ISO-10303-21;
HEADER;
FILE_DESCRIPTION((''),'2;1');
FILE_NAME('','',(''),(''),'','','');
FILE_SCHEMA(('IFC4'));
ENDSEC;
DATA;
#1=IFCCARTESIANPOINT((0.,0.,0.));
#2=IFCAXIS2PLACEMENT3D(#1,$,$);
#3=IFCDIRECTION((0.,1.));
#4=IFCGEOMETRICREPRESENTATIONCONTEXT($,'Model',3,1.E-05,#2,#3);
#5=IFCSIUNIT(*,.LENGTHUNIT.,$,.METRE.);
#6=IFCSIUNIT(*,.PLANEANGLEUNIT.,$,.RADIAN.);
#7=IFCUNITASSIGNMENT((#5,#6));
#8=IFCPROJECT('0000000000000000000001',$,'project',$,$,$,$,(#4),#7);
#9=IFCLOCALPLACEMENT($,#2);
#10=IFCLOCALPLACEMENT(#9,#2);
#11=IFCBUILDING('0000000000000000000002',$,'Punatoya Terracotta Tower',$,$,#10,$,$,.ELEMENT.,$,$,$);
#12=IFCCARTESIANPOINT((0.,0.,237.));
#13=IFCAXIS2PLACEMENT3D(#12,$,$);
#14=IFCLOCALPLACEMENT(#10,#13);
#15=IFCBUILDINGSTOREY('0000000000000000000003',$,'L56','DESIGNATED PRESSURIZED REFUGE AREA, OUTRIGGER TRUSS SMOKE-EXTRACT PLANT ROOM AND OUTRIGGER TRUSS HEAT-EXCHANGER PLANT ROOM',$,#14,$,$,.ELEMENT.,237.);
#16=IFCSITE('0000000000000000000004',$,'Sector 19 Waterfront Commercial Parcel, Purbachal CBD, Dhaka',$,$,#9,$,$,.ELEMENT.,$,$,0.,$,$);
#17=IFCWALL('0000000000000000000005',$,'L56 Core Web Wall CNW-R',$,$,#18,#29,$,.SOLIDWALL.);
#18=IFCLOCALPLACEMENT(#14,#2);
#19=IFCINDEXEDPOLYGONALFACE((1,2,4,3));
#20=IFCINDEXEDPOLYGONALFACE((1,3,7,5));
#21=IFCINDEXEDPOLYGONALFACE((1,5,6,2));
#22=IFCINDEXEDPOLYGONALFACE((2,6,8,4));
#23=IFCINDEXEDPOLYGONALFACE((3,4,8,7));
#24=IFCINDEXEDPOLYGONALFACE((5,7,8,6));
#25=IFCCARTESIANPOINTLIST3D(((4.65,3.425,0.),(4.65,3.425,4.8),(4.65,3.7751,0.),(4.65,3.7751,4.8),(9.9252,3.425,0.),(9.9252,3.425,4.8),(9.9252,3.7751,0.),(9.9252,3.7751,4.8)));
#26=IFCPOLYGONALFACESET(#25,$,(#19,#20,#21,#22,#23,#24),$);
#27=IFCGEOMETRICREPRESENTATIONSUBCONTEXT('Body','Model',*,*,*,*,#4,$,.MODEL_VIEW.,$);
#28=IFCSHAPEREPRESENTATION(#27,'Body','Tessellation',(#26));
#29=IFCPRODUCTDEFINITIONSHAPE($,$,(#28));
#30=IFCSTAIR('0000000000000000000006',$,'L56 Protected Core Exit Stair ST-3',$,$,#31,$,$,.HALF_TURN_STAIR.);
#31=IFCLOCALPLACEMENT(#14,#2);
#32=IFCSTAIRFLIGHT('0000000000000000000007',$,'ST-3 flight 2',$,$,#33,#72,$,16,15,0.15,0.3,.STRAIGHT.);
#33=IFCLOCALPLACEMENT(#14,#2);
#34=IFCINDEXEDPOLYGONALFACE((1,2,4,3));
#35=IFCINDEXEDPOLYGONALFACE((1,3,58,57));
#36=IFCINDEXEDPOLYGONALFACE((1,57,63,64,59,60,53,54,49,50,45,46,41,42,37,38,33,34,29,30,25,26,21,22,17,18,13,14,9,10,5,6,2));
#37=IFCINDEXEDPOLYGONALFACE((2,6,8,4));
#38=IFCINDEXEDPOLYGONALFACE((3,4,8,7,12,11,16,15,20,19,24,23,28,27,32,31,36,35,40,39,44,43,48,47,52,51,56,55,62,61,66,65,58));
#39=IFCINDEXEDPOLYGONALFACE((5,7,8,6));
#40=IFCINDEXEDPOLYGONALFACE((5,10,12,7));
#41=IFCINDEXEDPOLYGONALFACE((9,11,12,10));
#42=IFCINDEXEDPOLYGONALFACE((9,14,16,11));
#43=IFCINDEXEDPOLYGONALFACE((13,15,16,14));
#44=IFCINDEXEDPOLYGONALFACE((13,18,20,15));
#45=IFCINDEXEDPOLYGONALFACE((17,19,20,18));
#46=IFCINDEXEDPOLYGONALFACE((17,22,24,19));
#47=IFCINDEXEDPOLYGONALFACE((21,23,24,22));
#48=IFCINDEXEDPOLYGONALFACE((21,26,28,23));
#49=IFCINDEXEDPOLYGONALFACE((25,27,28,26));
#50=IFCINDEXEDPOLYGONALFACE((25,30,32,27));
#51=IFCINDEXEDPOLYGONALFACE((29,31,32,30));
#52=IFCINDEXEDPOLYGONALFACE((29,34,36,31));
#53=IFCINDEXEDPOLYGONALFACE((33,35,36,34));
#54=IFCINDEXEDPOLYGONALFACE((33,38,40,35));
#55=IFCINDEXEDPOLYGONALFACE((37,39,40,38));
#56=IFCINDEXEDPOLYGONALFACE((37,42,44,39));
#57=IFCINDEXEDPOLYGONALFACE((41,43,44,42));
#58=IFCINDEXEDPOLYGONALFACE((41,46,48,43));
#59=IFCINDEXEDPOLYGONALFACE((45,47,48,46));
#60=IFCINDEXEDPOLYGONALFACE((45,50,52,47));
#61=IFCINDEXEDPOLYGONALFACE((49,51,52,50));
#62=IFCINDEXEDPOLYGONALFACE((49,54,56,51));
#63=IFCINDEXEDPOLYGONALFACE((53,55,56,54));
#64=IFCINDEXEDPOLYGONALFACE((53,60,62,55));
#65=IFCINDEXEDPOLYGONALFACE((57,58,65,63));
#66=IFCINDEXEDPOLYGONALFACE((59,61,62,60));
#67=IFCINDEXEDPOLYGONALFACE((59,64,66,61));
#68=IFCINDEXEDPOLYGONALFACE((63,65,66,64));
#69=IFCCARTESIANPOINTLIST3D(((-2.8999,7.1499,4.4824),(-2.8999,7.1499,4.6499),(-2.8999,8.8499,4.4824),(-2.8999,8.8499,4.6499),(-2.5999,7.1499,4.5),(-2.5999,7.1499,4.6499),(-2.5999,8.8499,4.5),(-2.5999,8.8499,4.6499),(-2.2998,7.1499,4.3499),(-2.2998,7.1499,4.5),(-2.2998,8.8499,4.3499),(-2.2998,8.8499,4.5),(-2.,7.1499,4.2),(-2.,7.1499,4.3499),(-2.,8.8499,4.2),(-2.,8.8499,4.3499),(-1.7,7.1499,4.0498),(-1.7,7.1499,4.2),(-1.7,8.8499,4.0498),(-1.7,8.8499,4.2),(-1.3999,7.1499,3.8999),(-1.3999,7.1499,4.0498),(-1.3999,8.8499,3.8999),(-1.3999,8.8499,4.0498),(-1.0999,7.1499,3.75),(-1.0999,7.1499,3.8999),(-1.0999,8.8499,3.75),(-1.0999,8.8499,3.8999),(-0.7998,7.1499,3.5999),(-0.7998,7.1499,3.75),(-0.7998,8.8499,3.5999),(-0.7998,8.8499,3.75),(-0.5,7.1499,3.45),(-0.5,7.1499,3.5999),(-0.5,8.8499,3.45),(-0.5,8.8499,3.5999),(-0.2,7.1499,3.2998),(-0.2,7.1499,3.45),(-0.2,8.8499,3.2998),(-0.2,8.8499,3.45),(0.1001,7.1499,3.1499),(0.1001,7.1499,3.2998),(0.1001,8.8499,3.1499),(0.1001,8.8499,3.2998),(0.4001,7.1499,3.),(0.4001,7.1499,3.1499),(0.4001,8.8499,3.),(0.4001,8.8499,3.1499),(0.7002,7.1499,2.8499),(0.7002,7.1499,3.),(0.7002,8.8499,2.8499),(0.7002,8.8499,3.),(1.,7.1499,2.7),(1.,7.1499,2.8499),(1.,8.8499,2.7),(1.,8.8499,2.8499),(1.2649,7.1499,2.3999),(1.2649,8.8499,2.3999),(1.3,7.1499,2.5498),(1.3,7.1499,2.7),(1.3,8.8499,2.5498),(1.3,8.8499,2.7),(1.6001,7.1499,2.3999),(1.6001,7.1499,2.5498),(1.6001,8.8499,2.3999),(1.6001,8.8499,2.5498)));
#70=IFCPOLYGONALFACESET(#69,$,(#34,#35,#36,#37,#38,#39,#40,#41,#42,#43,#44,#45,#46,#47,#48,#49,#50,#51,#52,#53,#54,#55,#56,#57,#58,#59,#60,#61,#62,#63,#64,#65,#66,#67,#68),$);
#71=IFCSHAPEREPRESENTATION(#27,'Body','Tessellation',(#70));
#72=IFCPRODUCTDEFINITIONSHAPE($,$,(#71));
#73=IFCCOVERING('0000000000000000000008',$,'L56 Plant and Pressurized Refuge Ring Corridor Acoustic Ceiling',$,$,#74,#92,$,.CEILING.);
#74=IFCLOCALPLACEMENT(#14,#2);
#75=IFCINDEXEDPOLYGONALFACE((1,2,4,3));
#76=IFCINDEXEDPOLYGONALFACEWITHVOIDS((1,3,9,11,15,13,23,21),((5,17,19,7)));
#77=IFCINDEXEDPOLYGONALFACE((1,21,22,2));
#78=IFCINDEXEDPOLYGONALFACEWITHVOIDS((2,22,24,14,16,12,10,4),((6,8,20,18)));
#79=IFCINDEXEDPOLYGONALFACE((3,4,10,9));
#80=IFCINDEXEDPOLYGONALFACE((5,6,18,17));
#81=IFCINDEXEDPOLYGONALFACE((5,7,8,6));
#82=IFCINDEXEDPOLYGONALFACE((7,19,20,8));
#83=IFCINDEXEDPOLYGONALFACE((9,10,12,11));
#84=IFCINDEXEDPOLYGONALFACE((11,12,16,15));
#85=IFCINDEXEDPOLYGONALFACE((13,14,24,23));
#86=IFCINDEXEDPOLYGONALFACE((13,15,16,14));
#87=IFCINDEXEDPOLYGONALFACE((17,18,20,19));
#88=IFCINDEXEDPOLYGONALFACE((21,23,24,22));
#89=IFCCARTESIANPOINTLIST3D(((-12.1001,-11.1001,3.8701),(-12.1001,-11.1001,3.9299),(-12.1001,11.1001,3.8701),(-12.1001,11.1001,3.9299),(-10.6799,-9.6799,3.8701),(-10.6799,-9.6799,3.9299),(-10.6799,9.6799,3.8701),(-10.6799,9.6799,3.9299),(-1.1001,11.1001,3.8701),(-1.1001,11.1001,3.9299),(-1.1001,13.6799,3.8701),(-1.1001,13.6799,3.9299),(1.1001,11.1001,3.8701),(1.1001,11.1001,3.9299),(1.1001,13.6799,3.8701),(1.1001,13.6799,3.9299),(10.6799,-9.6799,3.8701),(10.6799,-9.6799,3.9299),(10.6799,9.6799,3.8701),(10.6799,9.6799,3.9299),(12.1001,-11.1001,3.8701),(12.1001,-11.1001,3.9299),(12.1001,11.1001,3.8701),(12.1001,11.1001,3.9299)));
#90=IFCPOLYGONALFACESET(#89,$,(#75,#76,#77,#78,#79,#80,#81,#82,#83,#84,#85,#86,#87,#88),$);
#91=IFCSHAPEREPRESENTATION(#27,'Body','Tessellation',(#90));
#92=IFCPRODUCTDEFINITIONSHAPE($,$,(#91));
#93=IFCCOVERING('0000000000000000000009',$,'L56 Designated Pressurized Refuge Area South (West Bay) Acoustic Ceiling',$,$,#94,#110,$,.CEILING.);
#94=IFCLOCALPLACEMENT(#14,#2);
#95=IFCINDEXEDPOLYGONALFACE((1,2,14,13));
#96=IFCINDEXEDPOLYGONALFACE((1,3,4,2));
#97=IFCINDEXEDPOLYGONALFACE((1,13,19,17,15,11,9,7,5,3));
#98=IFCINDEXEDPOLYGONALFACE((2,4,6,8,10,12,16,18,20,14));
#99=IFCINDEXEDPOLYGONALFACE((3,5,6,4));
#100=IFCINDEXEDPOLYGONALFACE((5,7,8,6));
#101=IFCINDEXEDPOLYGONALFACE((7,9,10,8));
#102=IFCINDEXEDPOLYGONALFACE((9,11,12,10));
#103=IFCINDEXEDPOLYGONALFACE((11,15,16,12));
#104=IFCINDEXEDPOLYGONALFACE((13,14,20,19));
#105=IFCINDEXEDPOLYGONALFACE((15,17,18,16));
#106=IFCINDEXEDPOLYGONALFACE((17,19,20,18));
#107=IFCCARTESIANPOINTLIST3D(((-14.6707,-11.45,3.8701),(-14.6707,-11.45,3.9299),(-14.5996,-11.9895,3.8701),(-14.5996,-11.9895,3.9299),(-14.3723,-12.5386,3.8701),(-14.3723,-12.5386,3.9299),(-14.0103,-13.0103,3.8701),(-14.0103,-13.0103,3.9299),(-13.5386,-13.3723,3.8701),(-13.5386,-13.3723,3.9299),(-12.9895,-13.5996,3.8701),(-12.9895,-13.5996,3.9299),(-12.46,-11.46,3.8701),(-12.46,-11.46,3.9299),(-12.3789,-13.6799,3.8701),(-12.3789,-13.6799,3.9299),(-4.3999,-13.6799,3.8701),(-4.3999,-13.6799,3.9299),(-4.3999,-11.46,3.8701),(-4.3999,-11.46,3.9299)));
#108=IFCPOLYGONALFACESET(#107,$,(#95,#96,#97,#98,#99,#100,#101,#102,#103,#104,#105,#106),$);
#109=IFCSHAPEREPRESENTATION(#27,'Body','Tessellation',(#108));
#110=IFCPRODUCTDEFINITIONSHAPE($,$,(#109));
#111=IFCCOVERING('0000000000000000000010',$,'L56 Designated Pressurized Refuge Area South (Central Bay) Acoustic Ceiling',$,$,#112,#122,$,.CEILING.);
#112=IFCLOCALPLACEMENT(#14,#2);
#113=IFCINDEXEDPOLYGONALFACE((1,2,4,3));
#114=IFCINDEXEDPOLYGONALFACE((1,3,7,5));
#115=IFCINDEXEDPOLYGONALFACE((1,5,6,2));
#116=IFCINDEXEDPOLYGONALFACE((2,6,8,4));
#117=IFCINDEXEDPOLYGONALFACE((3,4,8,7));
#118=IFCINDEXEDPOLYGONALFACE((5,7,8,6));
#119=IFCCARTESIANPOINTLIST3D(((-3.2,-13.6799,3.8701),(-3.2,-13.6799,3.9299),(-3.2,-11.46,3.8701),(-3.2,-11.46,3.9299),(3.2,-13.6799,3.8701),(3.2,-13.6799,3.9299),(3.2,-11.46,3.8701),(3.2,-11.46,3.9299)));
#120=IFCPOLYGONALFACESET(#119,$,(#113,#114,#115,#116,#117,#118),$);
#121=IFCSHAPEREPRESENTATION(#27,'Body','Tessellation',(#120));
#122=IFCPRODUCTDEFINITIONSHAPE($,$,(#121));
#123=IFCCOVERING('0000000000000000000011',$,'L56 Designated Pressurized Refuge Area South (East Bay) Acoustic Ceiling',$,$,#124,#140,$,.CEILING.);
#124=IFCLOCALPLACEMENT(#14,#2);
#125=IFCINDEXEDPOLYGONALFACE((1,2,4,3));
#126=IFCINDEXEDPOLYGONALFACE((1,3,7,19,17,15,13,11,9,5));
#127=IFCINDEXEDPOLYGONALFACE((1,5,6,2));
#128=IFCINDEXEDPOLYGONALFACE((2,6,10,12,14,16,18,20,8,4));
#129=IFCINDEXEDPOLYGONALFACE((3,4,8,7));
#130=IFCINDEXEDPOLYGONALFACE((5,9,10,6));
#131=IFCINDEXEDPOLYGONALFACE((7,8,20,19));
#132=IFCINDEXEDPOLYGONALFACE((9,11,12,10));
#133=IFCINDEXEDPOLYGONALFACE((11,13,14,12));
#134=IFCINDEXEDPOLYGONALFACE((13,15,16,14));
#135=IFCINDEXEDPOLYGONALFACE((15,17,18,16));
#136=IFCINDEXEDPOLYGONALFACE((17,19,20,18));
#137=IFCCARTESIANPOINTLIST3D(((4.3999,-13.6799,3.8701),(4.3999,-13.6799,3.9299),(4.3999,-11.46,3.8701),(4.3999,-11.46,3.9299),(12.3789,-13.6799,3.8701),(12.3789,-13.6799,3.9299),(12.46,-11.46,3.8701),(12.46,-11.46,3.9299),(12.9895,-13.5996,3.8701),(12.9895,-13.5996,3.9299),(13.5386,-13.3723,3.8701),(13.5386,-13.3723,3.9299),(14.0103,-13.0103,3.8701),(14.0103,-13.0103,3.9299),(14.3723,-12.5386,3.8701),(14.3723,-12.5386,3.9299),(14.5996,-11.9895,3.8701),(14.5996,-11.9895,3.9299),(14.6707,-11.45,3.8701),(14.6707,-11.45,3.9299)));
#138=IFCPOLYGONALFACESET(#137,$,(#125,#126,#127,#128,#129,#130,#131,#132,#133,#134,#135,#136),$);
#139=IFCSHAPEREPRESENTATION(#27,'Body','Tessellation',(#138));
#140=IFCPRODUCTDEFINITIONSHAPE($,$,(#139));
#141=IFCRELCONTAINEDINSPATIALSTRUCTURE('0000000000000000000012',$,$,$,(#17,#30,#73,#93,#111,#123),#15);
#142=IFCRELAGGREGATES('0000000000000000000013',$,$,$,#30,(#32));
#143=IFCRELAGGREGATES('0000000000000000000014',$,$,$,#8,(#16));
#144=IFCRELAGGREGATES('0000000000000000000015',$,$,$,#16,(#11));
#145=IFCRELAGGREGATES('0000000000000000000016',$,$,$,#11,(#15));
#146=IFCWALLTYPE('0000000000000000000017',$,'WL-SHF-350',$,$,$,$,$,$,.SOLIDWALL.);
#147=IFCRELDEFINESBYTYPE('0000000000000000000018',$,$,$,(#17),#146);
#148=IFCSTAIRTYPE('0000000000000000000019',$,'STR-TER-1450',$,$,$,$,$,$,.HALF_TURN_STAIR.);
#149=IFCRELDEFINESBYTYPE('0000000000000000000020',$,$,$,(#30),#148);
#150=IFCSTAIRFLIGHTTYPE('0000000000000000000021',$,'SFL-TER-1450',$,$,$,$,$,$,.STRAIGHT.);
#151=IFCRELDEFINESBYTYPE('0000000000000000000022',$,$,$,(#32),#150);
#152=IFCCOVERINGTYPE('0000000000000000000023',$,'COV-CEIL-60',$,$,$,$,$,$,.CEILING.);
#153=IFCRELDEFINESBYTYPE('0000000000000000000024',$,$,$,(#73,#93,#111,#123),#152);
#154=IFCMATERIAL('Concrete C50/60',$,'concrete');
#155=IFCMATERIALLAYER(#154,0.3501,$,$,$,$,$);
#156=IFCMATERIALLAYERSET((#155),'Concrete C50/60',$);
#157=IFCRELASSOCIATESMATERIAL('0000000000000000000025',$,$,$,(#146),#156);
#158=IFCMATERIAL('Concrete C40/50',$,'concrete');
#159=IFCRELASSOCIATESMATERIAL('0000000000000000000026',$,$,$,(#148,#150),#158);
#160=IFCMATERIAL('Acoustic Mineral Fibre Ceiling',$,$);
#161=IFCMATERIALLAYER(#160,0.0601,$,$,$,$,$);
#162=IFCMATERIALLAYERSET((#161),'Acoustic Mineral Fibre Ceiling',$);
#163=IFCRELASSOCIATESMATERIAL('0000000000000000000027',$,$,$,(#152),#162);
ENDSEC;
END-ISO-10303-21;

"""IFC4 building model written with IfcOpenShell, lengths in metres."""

from ifc_helpers import new_model, si_unit, direction, frame, frame_2d, origin, place, context, subcontext, project, spatial, polyline, rectangle, outline, extrude, material, layer, layer_set, type_object, element, aggregate, save


model = new_model("IFC4")

# Units and contexts
model_context = context("Model", 3, precision=1e-05, world=origin(), true_north=direction((0.0, 1.0)))
body_context = subcontext(model_context, "Body", "Model", "MODEL_VIEW")
ifc_project = project(units=[si_unit("LENGTHUNIT", "METRE"), si_unit("PLANEANGLEUNIT", "RADIAN")], contexts=[model_context])

# Site, building, storey
site_placement = place(None, origin())
site = spatial("IfcSite", under=ifc_project, at=site_placement, Name="Sector 19 Waterfront Commercial Parcel, Purbachal CBD, Dhaka", CompositionType="ELEMENT", RefElevation=0.0)
building_placement = place(site_placement, origin())
building = spatial("IfcBuilding", under=site, at=building_placement, Name="Punatoya Terracotta Tower", CompositionType="ELEMENT")
storey_placement = place(building_placement, frame((0.0, 0.0, 237.0)))
storey = spatial("IfcBuildingStorey", under=building, at=storey_placement, Name="L56", Description="DESIGNATED PRESSURIZED REFUGE AREA, OUTRIGGER TRUSS SMOKE-EXTRACT PLANT ROOM AND OUTRIGGER TRUSS HEAT-EXCHANGER PLANT ROOM", CompositionType="ELEMENT", Elevation=237.0)

# Wall
ifc_material_1 = material(Name="Concrete C40/50", Category="concrete")
ifc_material_2 = material(Name="Concrete C50/60", Category="concrete")
ifc_layer_1 = layer(ifc_material_2, 0.3501)
ifc_layer_set_1 = layer_set([ifc_layer_1], Name="Concrete C50/60")
wall_type_1 = type_object("IfcWallType", Name="WL-SHF-350", PredefinedType="SOLIDWALL", material=ifc_layer_set_1)
wall_1_placement = place(storey_placement, frame((4.6499, 3.6001, 0.0), z_axis=(0.0, 0.0, 1.0), x_axis=(1.0, 0.0, 0.0)))
element("IfcWall", 1, at=wall_1_placement, inside=storey, type_object=wall_type_1, Name="L56 Core Web Wall CNW-R", PredefinedType="SOLIDWALL", context=body_context, shape_type="SweptSolid", body=[
    extrude(rectangle(XDim=5.2751, YDim=0.3501, at=frame_2d((2.6377, 0.0))), origin(), (0.0, 0.0, 1.0), 4.8),
])

# Stair, stair flight
stair_type = type_object("IfcStairType", Name="STR-TER-1450", PredefinedType="HALF_TURN_STAIR", material=ifc_material_1)
stair_placement = place(storey_placement, origin())
stair = element("IfcStair", 2, at=stair_placement, inside=storey, type_object=stair_type, Name="L56 Protected Core Exit Stair ST-3", PredefinedType="HALF_TURN_STAIR")
stair_flight_type = type_object("IfcStairFlightType", Name="SFL-TER-1450", PredefinedType="STRAIGHT", material=ifc_material_1)
stair_flight_placement = place(storey_placement, frame((1.6001, 8.0, 2.3999), z_axis=(0.0, 0.0, 1.0), x_axis=(-1.0, 0.0, 0.0)))
stair_flight = element("IfcStairFlight", 3, at=stair_flight_placement, type_object=stair_flight_type, Name="ST-3 flight 2", NumberOfRisers=16, NumberOfTreads=15, PredefinedType="STRAIGHT", RiserHeight=0.15, TreadLength=0.3, context=body_context, shape_type="SweptSolid", body=[
    extrude(outline(polyline([(0.0, 0.0), (0.0, 0.1499), (0.3, 0.1499), (0.3, 0.3), (0.6001, 0.3), (0.6001, 0.45), (0.8999, 0.45), (0.8999, 0.6001), (1.2, 0.6001), (1.2, 0.75), (1.5, 0.75), (1.5, 0.8999), (1.8, 0.8999), (1.8, 1.05), (2.1001, 1.05), (2.1001, 1.2), (2.3999, 1.2), (2.3999, 1.3501), (2.7, 1.3501), (2.7, 1.5), (3.0, 1.5), (3.0, 1.6499), (3.3, 1.6499), (3.3, 1.8), (3.6001, 1.8), (3.6001, 1.95), (3.8999, 1.95), (3.8999, 2.1001), (4.2, 2.1001), (4.2, 2.25), (4.5, 2.25), (4.5, 2.3999), (4.5, 2.0825), (0.3352, 0.0), (0.0, 0.0)])), frame((0.0, 0.8501, 0.0), z_axis=(0.0, -1.0, 0.0), x_axis=(1.0, 0.0, 0.0)), (0.0, 0.0, 1.0), 1.7),
])
aggregate(stair, [stair_flight])

# Coverings
ifc_material_3 = material(Name="Acoustic Mineral Fibre Ceiling")
ifc_layer_2 = layer(ifc_material_3, 0.0601)
ifc_layer_set_2 = layer_set([ifc_layer_2], Name="Acoustic Mineral Fibre Ceiling")
covering_type = type_object("IfcCoveringType", Name="COV-CEIL-60", PredefinedType="CEILING", material=ifc_layer_set_2)
covering_1_placement = place(storey_placement, frame((0.0, 0.0, 3.8701)))
element("IfcCovering", 4, at=covering_1_placement, inside=storey, type_object=covering_type, Name="L56 Plant and Pressurized Refuge Ring Corridor Acoustic Ceiling", PredefinedType="CEILING", context=body_context, shape_type="SweptSolid", body=[
    extrude(outline(polyline([(12.1001, 11.1001), (1.1001, 11.1001), (1.1001, 13.6799), (-1.1001, 13.6799), (-1.1001, 11.1001), (-12.1001, 11.1001), (-12.1001, -11.1001), (12.1001, -11.1001), (12.1001, 11.1001)]), holes=[polyline([(-10.6799, 9.6799), (10.6799, 9.6799), (10.6799, -9.6799), (-10.6799, -9.6799), (-10.6799, 9.6799)])]), origin(), (0.0, 0.0, 1.0), 0.0598),
])
covering_2_placement = place(storey_placement, frame((0.0, 0.0, 3.8701)))
element("IfcCovering", 5, at=covering_2_placement, inside=storey, type_object=covering_type, Name="L56 Designated Pressurized Refuge Area South (West Bay) Acoustic Ceiling", PredefinedType="CEILING", context=body_context, shape_type="SweptSolid", body=[
    extrude(outline(polyline([(-12.46, -11.46), (-14.6707, -11.45), (-14.5996, -11.9895), (-14.3723, -12.5386), (-14.0103, -13.0103), (-13.5386, -13.3723), (-12.9895, -13.5996), (-12.3789, -13.6799), (-4.3999, -13.6799), (-4.3999, -11.46), (-12.46, -11.46)])), origin(), (0.0, 0.0, 1.0), 0.0598),
])
covering_3_placement = place(storey_placement, frame((0.0, 0.0, 3.8701)))
element("IfcCovering", 6, at=covering_3_placement, inside=storey, type_object=covering_type, Name="L56 Designated Pressurized Refuge Area South (Central Bay) Acoustic Ceiling", PredefinedType="CEILING", context=body_context, shape_type="SweptSolid", body=[
    extrude(outline(polyline([(3.2, -13.6799), (3.2, -11.46), (-3.2, -11.46), (-3.2, -13.6799), (3.2, -13.6799)])), origin(), (0.0, 0.0, 1.0), 0.0598),
])
covering_4_placement = place(storey_placement, frame((0.0, 0.0, 3.8701)))
element("IfcCovering", 7, at=covering_4_placement, inside=storey, type_object=covering_type, Name="L56 Designated Pressurized Refuge Area South (East Bay) Acoustic Ceiling", PredefinedType="CEILING", context=body_context, shape_type="SweptSolid", body=[
    extrude(outline(polyline([(12.46, -11.46), (4.3999, -11.46), (4.3999, -13.6799), (12.3789, -13.6799), (12.9895, -13.5996), (13.5386, -13.3723), (14.0103, -13.0103), (14.3723, -12.5386), (14.5996, -11.9895), (14.6707, -11.45), (12.46, -11.46)])), origin(), (0.0, 0.0, 1.0), 0.0598),
])

save(model, "model.ifc")
